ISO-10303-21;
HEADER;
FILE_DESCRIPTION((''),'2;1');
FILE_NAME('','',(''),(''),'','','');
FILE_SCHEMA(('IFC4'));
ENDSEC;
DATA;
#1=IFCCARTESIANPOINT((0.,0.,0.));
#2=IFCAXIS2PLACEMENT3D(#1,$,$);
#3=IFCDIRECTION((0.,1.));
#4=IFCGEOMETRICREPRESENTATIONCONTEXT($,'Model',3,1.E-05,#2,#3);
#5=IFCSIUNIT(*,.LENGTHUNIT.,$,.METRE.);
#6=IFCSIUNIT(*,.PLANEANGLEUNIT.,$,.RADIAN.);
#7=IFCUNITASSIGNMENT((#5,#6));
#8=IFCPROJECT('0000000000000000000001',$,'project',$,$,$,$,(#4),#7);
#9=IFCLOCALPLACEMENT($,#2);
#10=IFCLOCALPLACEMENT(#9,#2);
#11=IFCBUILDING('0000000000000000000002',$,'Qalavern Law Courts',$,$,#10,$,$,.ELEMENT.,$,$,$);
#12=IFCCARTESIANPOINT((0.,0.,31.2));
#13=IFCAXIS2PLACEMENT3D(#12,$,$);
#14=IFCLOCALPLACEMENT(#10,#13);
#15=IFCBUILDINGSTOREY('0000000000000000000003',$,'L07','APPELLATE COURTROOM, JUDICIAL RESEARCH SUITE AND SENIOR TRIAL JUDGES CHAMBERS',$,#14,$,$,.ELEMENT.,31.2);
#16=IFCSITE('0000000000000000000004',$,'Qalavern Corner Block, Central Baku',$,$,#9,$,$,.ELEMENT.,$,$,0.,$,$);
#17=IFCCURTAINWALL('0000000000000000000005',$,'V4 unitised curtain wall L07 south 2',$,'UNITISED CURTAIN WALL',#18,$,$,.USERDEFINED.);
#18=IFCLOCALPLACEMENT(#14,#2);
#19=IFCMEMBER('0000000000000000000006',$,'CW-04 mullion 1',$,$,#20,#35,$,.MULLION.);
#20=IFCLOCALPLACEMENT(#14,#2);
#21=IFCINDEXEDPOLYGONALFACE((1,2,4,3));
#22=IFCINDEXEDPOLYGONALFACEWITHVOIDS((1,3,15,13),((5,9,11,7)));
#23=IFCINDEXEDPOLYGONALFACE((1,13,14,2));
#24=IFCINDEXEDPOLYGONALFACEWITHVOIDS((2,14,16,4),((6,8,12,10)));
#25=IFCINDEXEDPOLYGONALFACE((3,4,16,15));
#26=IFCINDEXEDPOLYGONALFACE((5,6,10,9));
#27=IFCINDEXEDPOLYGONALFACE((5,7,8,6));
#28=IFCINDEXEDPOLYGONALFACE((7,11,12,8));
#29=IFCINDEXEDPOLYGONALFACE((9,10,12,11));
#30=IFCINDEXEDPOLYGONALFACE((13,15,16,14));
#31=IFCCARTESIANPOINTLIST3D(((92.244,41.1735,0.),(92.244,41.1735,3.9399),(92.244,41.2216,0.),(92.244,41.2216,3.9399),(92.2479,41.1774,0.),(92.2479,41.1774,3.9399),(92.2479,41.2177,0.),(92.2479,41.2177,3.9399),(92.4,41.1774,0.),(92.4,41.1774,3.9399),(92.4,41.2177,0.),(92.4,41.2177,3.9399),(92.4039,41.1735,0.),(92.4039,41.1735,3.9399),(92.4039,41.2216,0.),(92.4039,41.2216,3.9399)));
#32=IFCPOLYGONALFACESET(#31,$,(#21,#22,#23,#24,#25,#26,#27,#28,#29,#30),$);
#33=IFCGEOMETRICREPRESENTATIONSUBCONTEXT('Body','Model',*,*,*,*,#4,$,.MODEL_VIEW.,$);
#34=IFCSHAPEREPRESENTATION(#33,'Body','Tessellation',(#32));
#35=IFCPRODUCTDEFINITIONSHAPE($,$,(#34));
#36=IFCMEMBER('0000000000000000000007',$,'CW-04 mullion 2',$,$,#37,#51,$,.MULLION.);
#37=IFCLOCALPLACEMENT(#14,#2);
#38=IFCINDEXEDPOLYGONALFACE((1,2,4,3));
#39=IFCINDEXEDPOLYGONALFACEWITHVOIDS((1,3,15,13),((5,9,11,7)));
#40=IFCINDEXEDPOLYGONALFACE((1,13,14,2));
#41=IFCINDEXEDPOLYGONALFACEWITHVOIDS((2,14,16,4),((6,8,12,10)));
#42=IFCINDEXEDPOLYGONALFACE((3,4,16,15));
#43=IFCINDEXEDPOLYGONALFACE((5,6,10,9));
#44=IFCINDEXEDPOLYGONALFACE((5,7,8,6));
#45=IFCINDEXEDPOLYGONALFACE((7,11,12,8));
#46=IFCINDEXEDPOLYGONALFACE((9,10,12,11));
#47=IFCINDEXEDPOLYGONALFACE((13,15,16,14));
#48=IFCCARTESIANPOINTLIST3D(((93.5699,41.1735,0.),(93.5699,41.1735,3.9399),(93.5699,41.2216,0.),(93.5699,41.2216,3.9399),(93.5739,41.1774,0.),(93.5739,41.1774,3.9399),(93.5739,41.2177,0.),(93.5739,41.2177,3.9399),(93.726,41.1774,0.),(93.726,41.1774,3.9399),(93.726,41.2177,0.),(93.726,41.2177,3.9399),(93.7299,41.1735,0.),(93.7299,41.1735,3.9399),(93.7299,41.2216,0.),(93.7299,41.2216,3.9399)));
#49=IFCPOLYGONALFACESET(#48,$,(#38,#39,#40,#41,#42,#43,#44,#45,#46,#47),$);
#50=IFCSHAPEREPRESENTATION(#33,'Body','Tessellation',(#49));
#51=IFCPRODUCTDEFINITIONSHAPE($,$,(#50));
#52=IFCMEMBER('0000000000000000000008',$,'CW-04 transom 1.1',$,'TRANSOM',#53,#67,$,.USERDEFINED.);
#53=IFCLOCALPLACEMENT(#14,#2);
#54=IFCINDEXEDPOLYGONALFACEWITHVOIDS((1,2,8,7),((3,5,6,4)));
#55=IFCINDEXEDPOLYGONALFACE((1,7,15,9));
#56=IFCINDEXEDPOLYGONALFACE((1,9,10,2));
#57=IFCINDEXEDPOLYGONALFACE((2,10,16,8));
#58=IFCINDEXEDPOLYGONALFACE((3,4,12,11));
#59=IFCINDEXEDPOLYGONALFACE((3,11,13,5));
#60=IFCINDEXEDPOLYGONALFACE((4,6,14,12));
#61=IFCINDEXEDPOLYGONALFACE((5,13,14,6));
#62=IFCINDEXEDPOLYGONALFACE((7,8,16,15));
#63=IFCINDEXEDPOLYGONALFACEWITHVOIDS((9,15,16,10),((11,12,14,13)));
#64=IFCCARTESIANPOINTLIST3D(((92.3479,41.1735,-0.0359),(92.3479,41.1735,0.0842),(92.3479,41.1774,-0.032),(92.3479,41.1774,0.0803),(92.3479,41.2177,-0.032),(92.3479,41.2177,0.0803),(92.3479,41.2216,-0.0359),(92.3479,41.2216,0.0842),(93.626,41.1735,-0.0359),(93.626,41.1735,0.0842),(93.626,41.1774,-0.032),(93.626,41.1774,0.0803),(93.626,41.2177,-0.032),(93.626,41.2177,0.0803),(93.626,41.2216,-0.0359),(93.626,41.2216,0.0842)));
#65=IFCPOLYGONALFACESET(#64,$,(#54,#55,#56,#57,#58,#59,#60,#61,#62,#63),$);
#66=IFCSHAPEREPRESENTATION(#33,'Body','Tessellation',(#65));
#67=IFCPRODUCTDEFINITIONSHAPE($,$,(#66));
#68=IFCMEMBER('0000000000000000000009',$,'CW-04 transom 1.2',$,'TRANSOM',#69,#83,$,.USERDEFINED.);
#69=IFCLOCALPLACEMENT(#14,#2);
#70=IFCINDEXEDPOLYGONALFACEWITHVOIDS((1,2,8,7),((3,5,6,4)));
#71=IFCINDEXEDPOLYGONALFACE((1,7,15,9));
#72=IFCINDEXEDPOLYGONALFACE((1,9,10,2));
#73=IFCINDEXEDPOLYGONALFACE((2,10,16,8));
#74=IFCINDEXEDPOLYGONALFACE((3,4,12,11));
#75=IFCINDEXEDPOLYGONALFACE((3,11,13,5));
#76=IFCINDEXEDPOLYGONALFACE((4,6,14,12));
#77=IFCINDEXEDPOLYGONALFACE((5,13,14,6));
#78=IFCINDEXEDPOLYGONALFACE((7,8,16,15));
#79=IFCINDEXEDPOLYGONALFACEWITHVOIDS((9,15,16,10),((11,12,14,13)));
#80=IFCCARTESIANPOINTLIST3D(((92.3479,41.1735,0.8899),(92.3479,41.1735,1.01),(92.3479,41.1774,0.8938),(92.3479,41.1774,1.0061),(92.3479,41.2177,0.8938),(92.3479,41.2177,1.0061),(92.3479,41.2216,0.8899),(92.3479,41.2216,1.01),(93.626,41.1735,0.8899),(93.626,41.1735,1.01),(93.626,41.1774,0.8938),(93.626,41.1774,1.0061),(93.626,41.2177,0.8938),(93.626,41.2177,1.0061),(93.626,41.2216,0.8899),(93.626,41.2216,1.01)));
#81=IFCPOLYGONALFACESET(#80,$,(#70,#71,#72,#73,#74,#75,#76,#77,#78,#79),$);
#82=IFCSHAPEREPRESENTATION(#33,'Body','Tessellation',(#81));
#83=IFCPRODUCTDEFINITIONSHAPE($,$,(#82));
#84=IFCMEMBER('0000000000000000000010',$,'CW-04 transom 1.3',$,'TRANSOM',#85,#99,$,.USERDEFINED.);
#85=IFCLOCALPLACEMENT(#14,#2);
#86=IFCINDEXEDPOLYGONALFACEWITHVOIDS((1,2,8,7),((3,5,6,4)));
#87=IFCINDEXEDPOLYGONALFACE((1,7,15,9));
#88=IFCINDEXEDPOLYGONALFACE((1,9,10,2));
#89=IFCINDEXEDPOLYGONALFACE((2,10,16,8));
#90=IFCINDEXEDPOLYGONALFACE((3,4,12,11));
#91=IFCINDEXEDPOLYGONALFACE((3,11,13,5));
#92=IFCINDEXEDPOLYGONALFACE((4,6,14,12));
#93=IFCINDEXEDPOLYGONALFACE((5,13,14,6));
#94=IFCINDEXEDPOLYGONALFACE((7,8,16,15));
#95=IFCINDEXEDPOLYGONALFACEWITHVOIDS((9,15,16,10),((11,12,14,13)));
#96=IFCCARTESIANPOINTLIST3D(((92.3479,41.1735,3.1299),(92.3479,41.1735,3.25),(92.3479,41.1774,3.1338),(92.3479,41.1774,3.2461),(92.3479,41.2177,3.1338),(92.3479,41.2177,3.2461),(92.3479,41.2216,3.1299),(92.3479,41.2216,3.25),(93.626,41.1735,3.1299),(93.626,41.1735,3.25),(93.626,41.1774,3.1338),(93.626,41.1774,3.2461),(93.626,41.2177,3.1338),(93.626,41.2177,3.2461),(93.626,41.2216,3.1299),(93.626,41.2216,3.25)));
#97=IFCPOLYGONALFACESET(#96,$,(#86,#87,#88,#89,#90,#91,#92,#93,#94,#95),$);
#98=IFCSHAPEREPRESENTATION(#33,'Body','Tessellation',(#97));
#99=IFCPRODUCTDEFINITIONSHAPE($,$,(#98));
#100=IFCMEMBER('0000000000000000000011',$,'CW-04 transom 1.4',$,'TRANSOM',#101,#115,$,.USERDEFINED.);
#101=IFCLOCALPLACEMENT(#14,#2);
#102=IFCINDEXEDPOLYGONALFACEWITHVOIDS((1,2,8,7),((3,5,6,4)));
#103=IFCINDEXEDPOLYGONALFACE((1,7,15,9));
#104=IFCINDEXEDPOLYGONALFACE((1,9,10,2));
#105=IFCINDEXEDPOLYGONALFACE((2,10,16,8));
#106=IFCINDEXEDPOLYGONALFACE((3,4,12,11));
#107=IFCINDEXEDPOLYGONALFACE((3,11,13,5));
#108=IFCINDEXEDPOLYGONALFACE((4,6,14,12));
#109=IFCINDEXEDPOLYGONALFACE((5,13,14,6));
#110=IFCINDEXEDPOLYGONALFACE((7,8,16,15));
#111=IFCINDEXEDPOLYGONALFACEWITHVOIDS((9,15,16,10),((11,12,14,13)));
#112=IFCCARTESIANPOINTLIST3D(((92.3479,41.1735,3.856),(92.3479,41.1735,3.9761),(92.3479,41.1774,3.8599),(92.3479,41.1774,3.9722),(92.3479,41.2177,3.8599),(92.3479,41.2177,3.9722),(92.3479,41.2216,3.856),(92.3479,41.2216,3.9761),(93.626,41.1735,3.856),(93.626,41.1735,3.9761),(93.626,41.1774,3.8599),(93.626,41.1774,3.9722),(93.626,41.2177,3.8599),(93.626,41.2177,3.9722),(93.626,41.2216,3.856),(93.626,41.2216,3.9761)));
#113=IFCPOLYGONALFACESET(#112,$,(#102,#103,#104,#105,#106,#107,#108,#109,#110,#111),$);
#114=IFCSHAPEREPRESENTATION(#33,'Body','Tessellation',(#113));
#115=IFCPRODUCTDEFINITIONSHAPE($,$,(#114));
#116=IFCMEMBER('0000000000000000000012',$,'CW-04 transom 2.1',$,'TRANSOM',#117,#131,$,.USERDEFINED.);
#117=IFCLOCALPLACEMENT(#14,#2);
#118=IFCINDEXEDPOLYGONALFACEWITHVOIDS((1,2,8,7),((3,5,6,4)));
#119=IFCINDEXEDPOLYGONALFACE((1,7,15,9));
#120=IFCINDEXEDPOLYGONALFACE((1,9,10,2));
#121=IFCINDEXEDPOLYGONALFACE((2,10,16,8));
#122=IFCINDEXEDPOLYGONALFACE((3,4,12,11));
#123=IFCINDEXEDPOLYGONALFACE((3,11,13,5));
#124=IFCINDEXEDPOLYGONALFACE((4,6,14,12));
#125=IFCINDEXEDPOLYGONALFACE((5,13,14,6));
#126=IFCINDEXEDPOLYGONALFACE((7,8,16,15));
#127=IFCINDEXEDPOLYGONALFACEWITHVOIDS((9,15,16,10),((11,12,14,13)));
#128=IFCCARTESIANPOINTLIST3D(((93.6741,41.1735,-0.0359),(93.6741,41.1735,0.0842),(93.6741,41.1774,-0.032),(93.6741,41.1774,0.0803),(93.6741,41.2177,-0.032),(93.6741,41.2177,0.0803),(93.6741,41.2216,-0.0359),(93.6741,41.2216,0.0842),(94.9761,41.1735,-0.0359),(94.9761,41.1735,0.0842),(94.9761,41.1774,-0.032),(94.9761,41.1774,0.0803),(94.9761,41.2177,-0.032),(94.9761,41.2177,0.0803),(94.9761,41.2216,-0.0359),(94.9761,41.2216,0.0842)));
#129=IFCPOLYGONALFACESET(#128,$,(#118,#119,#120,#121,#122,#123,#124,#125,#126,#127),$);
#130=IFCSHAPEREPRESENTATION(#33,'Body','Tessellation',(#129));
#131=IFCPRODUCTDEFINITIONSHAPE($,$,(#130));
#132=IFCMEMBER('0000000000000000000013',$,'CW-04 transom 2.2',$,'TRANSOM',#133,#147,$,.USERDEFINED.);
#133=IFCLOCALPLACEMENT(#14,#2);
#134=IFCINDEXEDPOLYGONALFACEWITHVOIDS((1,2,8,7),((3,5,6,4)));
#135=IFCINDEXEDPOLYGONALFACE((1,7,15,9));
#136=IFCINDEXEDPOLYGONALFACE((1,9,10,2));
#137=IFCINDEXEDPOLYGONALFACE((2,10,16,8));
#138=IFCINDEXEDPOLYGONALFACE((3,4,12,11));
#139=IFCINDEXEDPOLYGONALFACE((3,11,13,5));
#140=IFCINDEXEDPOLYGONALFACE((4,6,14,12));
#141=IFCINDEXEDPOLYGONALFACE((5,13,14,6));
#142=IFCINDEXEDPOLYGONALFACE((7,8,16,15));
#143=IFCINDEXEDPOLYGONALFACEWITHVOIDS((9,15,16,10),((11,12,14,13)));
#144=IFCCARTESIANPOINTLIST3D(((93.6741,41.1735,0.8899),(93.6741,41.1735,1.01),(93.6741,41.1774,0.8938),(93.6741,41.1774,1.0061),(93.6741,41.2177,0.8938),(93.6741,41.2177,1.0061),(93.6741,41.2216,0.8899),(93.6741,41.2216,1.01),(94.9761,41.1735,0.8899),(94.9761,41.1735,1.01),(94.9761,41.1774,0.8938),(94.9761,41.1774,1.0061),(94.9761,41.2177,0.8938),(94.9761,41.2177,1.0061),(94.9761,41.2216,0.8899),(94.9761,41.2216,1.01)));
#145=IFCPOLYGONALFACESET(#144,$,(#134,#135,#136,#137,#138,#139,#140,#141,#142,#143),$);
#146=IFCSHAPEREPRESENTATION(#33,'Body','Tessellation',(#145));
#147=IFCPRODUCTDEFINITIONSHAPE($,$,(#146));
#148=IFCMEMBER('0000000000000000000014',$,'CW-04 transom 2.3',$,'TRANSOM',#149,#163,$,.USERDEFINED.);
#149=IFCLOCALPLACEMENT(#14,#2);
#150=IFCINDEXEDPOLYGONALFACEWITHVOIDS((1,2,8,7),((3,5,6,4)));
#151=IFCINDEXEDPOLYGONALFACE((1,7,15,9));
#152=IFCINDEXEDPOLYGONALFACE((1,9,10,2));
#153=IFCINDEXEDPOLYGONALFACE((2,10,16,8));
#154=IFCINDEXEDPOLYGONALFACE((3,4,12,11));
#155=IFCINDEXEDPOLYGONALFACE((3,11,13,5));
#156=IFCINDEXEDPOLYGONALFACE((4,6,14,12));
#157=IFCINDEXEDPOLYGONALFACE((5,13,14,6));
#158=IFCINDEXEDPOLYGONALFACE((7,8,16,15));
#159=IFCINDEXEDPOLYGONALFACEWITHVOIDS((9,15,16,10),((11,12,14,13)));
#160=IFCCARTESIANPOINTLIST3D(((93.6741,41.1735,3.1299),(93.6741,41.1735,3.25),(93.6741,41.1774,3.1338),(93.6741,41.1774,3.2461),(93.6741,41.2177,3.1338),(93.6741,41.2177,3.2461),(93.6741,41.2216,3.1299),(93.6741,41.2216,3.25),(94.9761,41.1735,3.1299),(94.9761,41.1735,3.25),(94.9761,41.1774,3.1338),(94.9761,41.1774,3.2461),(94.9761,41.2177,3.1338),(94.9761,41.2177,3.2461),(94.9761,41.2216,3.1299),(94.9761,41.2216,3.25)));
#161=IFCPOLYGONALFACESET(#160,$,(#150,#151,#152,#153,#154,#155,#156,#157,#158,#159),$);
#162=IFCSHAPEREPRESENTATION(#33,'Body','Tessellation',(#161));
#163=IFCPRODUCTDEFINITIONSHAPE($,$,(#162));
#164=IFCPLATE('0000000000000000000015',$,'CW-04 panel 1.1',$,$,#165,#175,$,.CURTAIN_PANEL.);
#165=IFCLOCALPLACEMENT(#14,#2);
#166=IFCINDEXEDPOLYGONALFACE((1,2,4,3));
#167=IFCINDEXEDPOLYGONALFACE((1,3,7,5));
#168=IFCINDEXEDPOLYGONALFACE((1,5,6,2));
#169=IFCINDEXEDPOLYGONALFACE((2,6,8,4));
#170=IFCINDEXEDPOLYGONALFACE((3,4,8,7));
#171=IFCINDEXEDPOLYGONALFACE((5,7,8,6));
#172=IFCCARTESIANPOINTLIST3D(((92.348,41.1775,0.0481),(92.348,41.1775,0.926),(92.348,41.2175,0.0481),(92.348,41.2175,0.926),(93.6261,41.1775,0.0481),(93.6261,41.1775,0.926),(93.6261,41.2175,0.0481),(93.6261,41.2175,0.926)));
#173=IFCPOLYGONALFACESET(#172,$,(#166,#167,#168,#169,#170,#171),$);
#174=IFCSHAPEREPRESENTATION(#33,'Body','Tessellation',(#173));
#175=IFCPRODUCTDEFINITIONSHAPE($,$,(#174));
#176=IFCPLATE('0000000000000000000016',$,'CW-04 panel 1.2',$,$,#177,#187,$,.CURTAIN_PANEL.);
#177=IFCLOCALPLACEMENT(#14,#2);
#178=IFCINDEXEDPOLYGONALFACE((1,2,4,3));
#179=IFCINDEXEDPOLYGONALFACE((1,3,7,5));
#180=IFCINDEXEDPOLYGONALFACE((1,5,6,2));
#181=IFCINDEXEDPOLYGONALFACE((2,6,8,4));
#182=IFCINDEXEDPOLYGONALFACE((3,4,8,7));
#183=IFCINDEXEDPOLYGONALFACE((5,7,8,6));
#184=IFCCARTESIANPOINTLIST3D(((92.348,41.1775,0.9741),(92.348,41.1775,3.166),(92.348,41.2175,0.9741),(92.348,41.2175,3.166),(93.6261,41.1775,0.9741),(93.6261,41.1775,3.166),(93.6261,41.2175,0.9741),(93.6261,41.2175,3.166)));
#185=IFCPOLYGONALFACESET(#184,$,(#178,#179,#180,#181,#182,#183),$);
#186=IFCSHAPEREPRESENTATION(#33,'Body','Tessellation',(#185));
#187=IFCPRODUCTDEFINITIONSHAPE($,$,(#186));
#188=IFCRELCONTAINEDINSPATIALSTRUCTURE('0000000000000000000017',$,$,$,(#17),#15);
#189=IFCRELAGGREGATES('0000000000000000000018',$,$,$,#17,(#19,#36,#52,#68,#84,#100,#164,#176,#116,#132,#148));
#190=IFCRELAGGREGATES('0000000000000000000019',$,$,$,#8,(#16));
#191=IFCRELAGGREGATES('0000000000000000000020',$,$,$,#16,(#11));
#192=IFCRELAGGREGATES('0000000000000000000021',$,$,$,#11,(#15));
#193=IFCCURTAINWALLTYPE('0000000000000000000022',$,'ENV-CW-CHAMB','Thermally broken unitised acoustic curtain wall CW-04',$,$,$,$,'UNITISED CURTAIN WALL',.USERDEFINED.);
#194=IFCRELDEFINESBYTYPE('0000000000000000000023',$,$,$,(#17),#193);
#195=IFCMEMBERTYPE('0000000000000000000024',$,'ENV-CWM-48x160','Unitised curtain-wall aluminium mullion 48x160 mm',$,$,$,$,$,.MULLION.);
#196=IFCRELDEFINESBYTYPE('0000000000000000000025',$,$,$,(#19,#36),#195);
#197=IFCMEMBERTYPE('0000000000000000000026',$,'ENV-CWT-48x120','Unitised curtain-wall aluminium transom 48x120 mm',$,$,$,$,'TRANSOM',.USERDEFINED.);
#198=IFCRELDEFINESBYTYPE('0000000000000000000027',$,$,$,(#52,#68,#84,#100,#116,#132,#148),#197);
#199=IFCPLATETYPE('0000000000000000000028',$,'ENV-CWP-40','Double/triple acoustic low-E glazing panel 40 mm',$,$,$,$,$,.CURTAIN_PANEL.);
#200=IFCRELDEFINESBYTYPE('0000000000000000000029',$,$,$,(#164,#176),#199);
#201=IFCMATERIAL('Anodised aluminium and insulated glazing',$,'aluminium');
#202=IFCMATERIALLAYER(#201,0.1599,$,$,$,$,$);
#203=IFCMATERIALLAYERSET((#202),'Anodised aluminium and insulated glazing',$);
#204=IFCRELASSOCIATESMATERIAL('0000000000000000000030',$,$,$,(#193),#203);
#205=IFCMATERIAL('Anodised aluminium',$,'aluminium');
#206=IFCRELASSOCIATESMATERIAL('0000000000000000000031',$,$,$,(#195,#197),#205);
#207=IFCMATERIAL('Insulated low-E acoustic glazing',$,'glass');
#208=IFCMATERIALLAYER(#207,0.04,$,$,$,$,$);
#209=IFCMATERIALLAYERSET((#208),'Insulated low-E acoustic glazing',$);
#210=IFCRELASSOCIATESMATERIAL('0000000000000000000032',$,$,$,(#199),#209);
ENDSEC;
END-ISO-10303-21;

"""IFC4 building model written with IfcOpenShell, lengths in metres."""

from ifc_helpers import new_model, si_unit, direction, frame, origin, origin_2d, place, context, subcontext, project, spatial, rectangle, hollow_rectangle, extrude, material, layer, layer_set, material_profile, profile_set, type_object, element, aggregate, save


model = new_model("IFC4")

# Units and contexts
model_context = context("Model", 3, precision=1e-05, world=origin(), true_north=direction((0.0, 1.0)))
body_context = subcontext(model_context, "Body", "Model", "MODEL_VIEW")
ifc_project = project(units=[si_unit("LENGTHUNIT", "METRE"), si_unit("PLANEANGLEUNIT", "RADIAN")], contexts=[model_context])

# Site, building, storey
site_placement = place(None, origin())
site = spatial("IfcSite", under=ifc_project, at=site_placement, Name="Qalavern Corner Block, Central Baku", CompositionType="ELEMENT", RefElevation=0.0)
building_placement = place(site_placement, origin())
building = spatial("IfcBuilding", under=site, at=building_placement, Name="Qalavern Law Courts", CompositionType="ELEMENT")
storey_placement = place(building_placement, frame((0.0, 0.0, 31.2)))
storey = spatial("IfcBuildingStorey", under=building, at=storey_placement, Name="L07", Description="APPELLATE COURTROOM, JUDICIAL RESEARCH SUITE AND SENIOR TRIAL JUDGES CHAMBERS", CompositionType="ELEMENT", Elevation=31.2)

# Curtain wall, members, plates
ifc_material_1 = material(Name="Anodised aluminium and insulated glazing", Category="aluminium")
ifc_layer_1 = layer(ifc_material_1, 0.1599)
ifc_layer_set_1 = layer_set([ifc_layer_1], Name="Anodised aluminium and insulated glazing")
curtain_wall_type = type_object("IfcCurtainWallType", Name="ENV-CW-CHAMB", Description="Thermally broken unitised acoustic curtain wall CW-04", ElementType="UNITISED CURTAIN WALL", PredefinedType="USERDEFINED", material=ifc_layer_set_1)
curtain_wall_placement = place(storey_placement, origin())
curtain_wall = element("IfcCurtainWall", 1, at=curtain_wall_placement, inside=storey, type_object=curtain_wall_type, Name="V4 unitised curtain wall L07 south 2", ObjectType="UNITISED CURTAIN WALL", PredefinedType="USERDEFINED")
ifc_material_2 = material(Name="Anodised aluminium", Category="aluminium")
ifc_material_profile_1 = material_profile(ifc_material_2, hollow_rectangle(XDim=0.0481, YDim=0.1599, WallThickness=0.0039, at=origin_2d()), Name="ALU MULLION 48x160")
ifc_profile_set_1 = profile_set([ifc_material_profile_1], Name="Anodised aluminium")
member_type_1 = type_object("IfcMemberType", Name="ENV-CWM-48x160", Description="Unitised curtain-wall aluminium mullion 48x160 mm", PredefinedType="MULLION", material=ifc_profile_set_1)
member_1_placement = place(storey_placement, frame((92.324, 41.1975, 0.0), z_axis=(0.0, 0.0, 1.0), x_axis=(0.0, 1.0, 0.0)))
member_1 = element("IfcMember", 2, at=member_1_placement, type_object=member_type_1, Name="CW-04 mullion 1", PredefinedType="MULLION", context=body_context, shape_type="SweptSolid", body=[
    extrude(hollow_rectangle(XDim=0.0481, YDim=0.1599, WallThickness=0.0039, at=origin_2d()), origin(), (0.0, 0.0, 1.0), 3.9399),
])
member_2_placement = place(storey_placement, frame((93.6499, 41.1975, 0.0), z_axis=(0.0, 0.0, 1.0), x_axis=(0.0, 1.0, 0.0)))
member_2 = element("IfcMember", 3, at=member_2_placement, type_object=member_type_1, Name="CW-04 mullion 2", PredefinedType="MULLION", context=body_context, shape_type="SweptSolid", body=[
    extrude(hollow_rectangle(XDim=0.0481, YDim=0.1599, WallThickness=0.0039, at=origin_2d()), origin(), (0.0, 0.0, 1.0), 3.9399),
])
ifc_material_profile_2 = material_profile(ifc_material_2, hollow_rectangle(XDim=0.0481, YDim=0.1201, WallThickness=0.0039, at=origin_2d()), Name="ALU TRANSOM 48x120")
ifc_profile_set_2 = profile_set([ifc_material_profile_2], Name="Anodised aluminium")
member_type_2 = type_object("IfcMemberType", Name="ENV-CWT-48x120", Description="Unitised curtain-wall aluminium transom 48x120 mm", ElementType="TRANSOM", PredefinedType="USERDEFINED", material=ifc_profile_set_2)
member_3_placement = place(storey_placement, frame((92.3479, 41.1975, 0.0242), z_axis=(1.0, 0.0, 0.0), x_axis=(0.0, 1.0, 0.0)))
member_3 = element("IfcMember", 4, at=member_3_placement, type_object=member_type_2, Name="CW-04 transom 1.1", ObjectType="TRANSOM", PredefinedType="USERDEFINED", context=body_context, shape_type="SweptSolid", body=[
    extrude(hollow_rectangle(XDim=0.0481, YDim=0.1201, WallThickness=0.0039, at=origin_2d()), origin(), (0.0, 0.0, 1.0), 1.2781),
])
member_4_placement = place(storey_placement, frame((92.3479, 41.1975, 0.95), z_axis=(1.0, 0.0, 0.0), x_axis=(0.0, 1.0, 0.0)))
member_4 = element("IfcMember", 5, at=member_4_placement, type_object=member_type_2, Name="CW-04 transom 1.2", ObjectType="TRANSOM", PredefinedType="USERDEFINED", context=body_context, shape_type="SweptSolid", body=[
    extrude(hollow_rectangle(XDim=0.0481, YDim=0.1201, WallThickness=0.0039, at=origin_2d()), origin(), (0.0, 0.0, 1.0), 1.2781),
])
member_5_placement = place(storey_placement, frame((92.3479, 41.1975, 3.1899), z_axis=(1.0, 0.0, 0.0), x_axis=(0.0, 1.0, 0.0)))
member_5 = element("IfcMember", 6, at=member_5_placement, type_object=member_type_2, Name="CW-04 transom 1.3", ObjectType="TRANSOM", PredefinedType="USERDEFINED", context=body_context, shape_type="SweptSolid", body=[
    extrude(hollow_rectangle(XDim=0.0481, YDim=0.1201, WallThickness=0.0039, at=origin_2d()), origin(), (0.0, 0.0, 1.0), 1.2781),
])
member_6_placement = place(storey_placement, frame((92.3479, 41.1975, 3.916), z_axis=(1.0, 0.0, 0.0), x_axis=(0.0, 1.0, 0.0)))
member_6 = element("IfcMember", 7, at=member_6_placement, type_object=member_type_2, Name="CW-04 transom 1.4", ObjectType="TRANSOM", PredefinedType="USERDEFINED", context=body_context, shape_type="SweptSolid", body=[
    extrude(hollow_rectangle(XDim=0.0481, YDim=0.1201, WallThickness=0.0039, at=origin_2d()), origin(), (0.0, 0.0, 1.0), 1.2781),
])
member_7_placement = place(storey_placement, frame((93.6741, 41.1975, 0.0242), z_axis=(1.0, 0.0, 0.0), x_axis=(0.0, 1.0, 0.0)))
member_7 = element("IfcMember", 8, at=member_7_placement, type_object=member_type_2, Name="CW-04 transom 2.1", ObjectType="TRANSOM", PredefinedType="USERDEFINED", context=body_context, shape_type="SweptSolid", body=[
    extrude(hollow_rectangle(XDim=0.0481, YDim=0.1201, WallThickness=0.0039, at=origin_2d()), origin(), (0.0, 0.0, 1.0), 1.302),
])
member_8_placement = place(storey_placement, frame((93.6741, 41.1975, 0.95), z_axis=(1.0, 0.0, 0.0), x_axis=(0.0, 1.0, 0.0)))
member_8 = element("IfcMember", 9, at=member_8_placement, type_object=member_type_2, Name="CW-04 transom 2.2", ObjectType="TRANSOM", PredefinedType="USERDEFINED", context=body_context, shape_type="SweptSolid", body=[
    extrude(hollow_rectangle(XDim=0.0481, YDim=0.1201, WallThickness=0.0039, at=origin_2d()), origin(), (0.0, 0.0, 1.0), 1.302),
])
member_9_placement = place(storey_placement, frame((93.6741, 41.1975, 3.1899), z_axis=(1.0, 0.0, 0.0), x_axis=(0.0, 1.0, 0.0)))
member_9 = element("IfcMember", 10, at=member_9_placement, type_object=member_type_2, Name="CW-04 transom 2.3", ObjectType="TRANSOM", PredefinedType="USERDEFINED", context=body_context, shape_type="SweptSolid", body=[
    extrude(hollow_rectangle(XDim=0.0481, YDim=0.1201, WallThickness=0.0039, at=origin_2d()), origin(), (0.0, 0.0, 1.0), 1.302),
])
ifc_material_3 = material(Name="Insulated low-E acoustic glazing", Category="glass")
ifc_layer_2 = layer(ifc_material_3, 0.04)
ifc_layer_set_2 = layer_set([ifc_layer_2], Name="Insulated low-E acoustic glazing")
plate_type = type_object("IfcPlateType", Name="ENV-CWP-40", Description="Double/triple acoustic low-E glazing panel 40 mm", PredefinedType="CURTAIN_PANEL", material=ifc_layer_set_2)
plate_1_placement = place(storey_placement, frame((92.9871, 41.1975, 0.0481), z_axis=(0.0, 0.0, 1.0), x_axis=(1.0, 0.0, 0.0)))
plate_1 = element("IfcPlate", 11, at=plate_1_placement, type_object=plate_type, Name="CW-04 panel 1.1", PredefinedType="CURTAIN_PANEL", context=body_context, shape_type="SweptSolid", body=[
    extrude(rectangle(XDim=1.2781, YDim=0.04, at=origin_2d()), origin(), (0.0, 0.0, 1.0), 0.8779),
])
plate_2_placement = place(storey_placement, frame((92.9871, 41.1975, 0.9741), z_axis=(0.0, 0.0, 1.0), x_axis=(1.0, 0.0, 0.0)))
plate_2 = element("IfcPlate", 12, at=plate_2_placement, type_object=plate_type, Name="CW-04 panel 1.2", PredefinedType="CURTAIN_PANEL", context=body_context, shape_type="SweptSolid", body=[
    extrude(rectangle(XDim=1.2781, YDim=0.04, at=origin_2d()), origin(), (0.0, 0.0, 1.0), 2.1919),
])
aggregate(curtain_wall, [member_1, member_2, member_3, member_4, member_5, member_6, plate_1, plate_2, member_7, member_8, member_9])

save(model, "model.ifc")
